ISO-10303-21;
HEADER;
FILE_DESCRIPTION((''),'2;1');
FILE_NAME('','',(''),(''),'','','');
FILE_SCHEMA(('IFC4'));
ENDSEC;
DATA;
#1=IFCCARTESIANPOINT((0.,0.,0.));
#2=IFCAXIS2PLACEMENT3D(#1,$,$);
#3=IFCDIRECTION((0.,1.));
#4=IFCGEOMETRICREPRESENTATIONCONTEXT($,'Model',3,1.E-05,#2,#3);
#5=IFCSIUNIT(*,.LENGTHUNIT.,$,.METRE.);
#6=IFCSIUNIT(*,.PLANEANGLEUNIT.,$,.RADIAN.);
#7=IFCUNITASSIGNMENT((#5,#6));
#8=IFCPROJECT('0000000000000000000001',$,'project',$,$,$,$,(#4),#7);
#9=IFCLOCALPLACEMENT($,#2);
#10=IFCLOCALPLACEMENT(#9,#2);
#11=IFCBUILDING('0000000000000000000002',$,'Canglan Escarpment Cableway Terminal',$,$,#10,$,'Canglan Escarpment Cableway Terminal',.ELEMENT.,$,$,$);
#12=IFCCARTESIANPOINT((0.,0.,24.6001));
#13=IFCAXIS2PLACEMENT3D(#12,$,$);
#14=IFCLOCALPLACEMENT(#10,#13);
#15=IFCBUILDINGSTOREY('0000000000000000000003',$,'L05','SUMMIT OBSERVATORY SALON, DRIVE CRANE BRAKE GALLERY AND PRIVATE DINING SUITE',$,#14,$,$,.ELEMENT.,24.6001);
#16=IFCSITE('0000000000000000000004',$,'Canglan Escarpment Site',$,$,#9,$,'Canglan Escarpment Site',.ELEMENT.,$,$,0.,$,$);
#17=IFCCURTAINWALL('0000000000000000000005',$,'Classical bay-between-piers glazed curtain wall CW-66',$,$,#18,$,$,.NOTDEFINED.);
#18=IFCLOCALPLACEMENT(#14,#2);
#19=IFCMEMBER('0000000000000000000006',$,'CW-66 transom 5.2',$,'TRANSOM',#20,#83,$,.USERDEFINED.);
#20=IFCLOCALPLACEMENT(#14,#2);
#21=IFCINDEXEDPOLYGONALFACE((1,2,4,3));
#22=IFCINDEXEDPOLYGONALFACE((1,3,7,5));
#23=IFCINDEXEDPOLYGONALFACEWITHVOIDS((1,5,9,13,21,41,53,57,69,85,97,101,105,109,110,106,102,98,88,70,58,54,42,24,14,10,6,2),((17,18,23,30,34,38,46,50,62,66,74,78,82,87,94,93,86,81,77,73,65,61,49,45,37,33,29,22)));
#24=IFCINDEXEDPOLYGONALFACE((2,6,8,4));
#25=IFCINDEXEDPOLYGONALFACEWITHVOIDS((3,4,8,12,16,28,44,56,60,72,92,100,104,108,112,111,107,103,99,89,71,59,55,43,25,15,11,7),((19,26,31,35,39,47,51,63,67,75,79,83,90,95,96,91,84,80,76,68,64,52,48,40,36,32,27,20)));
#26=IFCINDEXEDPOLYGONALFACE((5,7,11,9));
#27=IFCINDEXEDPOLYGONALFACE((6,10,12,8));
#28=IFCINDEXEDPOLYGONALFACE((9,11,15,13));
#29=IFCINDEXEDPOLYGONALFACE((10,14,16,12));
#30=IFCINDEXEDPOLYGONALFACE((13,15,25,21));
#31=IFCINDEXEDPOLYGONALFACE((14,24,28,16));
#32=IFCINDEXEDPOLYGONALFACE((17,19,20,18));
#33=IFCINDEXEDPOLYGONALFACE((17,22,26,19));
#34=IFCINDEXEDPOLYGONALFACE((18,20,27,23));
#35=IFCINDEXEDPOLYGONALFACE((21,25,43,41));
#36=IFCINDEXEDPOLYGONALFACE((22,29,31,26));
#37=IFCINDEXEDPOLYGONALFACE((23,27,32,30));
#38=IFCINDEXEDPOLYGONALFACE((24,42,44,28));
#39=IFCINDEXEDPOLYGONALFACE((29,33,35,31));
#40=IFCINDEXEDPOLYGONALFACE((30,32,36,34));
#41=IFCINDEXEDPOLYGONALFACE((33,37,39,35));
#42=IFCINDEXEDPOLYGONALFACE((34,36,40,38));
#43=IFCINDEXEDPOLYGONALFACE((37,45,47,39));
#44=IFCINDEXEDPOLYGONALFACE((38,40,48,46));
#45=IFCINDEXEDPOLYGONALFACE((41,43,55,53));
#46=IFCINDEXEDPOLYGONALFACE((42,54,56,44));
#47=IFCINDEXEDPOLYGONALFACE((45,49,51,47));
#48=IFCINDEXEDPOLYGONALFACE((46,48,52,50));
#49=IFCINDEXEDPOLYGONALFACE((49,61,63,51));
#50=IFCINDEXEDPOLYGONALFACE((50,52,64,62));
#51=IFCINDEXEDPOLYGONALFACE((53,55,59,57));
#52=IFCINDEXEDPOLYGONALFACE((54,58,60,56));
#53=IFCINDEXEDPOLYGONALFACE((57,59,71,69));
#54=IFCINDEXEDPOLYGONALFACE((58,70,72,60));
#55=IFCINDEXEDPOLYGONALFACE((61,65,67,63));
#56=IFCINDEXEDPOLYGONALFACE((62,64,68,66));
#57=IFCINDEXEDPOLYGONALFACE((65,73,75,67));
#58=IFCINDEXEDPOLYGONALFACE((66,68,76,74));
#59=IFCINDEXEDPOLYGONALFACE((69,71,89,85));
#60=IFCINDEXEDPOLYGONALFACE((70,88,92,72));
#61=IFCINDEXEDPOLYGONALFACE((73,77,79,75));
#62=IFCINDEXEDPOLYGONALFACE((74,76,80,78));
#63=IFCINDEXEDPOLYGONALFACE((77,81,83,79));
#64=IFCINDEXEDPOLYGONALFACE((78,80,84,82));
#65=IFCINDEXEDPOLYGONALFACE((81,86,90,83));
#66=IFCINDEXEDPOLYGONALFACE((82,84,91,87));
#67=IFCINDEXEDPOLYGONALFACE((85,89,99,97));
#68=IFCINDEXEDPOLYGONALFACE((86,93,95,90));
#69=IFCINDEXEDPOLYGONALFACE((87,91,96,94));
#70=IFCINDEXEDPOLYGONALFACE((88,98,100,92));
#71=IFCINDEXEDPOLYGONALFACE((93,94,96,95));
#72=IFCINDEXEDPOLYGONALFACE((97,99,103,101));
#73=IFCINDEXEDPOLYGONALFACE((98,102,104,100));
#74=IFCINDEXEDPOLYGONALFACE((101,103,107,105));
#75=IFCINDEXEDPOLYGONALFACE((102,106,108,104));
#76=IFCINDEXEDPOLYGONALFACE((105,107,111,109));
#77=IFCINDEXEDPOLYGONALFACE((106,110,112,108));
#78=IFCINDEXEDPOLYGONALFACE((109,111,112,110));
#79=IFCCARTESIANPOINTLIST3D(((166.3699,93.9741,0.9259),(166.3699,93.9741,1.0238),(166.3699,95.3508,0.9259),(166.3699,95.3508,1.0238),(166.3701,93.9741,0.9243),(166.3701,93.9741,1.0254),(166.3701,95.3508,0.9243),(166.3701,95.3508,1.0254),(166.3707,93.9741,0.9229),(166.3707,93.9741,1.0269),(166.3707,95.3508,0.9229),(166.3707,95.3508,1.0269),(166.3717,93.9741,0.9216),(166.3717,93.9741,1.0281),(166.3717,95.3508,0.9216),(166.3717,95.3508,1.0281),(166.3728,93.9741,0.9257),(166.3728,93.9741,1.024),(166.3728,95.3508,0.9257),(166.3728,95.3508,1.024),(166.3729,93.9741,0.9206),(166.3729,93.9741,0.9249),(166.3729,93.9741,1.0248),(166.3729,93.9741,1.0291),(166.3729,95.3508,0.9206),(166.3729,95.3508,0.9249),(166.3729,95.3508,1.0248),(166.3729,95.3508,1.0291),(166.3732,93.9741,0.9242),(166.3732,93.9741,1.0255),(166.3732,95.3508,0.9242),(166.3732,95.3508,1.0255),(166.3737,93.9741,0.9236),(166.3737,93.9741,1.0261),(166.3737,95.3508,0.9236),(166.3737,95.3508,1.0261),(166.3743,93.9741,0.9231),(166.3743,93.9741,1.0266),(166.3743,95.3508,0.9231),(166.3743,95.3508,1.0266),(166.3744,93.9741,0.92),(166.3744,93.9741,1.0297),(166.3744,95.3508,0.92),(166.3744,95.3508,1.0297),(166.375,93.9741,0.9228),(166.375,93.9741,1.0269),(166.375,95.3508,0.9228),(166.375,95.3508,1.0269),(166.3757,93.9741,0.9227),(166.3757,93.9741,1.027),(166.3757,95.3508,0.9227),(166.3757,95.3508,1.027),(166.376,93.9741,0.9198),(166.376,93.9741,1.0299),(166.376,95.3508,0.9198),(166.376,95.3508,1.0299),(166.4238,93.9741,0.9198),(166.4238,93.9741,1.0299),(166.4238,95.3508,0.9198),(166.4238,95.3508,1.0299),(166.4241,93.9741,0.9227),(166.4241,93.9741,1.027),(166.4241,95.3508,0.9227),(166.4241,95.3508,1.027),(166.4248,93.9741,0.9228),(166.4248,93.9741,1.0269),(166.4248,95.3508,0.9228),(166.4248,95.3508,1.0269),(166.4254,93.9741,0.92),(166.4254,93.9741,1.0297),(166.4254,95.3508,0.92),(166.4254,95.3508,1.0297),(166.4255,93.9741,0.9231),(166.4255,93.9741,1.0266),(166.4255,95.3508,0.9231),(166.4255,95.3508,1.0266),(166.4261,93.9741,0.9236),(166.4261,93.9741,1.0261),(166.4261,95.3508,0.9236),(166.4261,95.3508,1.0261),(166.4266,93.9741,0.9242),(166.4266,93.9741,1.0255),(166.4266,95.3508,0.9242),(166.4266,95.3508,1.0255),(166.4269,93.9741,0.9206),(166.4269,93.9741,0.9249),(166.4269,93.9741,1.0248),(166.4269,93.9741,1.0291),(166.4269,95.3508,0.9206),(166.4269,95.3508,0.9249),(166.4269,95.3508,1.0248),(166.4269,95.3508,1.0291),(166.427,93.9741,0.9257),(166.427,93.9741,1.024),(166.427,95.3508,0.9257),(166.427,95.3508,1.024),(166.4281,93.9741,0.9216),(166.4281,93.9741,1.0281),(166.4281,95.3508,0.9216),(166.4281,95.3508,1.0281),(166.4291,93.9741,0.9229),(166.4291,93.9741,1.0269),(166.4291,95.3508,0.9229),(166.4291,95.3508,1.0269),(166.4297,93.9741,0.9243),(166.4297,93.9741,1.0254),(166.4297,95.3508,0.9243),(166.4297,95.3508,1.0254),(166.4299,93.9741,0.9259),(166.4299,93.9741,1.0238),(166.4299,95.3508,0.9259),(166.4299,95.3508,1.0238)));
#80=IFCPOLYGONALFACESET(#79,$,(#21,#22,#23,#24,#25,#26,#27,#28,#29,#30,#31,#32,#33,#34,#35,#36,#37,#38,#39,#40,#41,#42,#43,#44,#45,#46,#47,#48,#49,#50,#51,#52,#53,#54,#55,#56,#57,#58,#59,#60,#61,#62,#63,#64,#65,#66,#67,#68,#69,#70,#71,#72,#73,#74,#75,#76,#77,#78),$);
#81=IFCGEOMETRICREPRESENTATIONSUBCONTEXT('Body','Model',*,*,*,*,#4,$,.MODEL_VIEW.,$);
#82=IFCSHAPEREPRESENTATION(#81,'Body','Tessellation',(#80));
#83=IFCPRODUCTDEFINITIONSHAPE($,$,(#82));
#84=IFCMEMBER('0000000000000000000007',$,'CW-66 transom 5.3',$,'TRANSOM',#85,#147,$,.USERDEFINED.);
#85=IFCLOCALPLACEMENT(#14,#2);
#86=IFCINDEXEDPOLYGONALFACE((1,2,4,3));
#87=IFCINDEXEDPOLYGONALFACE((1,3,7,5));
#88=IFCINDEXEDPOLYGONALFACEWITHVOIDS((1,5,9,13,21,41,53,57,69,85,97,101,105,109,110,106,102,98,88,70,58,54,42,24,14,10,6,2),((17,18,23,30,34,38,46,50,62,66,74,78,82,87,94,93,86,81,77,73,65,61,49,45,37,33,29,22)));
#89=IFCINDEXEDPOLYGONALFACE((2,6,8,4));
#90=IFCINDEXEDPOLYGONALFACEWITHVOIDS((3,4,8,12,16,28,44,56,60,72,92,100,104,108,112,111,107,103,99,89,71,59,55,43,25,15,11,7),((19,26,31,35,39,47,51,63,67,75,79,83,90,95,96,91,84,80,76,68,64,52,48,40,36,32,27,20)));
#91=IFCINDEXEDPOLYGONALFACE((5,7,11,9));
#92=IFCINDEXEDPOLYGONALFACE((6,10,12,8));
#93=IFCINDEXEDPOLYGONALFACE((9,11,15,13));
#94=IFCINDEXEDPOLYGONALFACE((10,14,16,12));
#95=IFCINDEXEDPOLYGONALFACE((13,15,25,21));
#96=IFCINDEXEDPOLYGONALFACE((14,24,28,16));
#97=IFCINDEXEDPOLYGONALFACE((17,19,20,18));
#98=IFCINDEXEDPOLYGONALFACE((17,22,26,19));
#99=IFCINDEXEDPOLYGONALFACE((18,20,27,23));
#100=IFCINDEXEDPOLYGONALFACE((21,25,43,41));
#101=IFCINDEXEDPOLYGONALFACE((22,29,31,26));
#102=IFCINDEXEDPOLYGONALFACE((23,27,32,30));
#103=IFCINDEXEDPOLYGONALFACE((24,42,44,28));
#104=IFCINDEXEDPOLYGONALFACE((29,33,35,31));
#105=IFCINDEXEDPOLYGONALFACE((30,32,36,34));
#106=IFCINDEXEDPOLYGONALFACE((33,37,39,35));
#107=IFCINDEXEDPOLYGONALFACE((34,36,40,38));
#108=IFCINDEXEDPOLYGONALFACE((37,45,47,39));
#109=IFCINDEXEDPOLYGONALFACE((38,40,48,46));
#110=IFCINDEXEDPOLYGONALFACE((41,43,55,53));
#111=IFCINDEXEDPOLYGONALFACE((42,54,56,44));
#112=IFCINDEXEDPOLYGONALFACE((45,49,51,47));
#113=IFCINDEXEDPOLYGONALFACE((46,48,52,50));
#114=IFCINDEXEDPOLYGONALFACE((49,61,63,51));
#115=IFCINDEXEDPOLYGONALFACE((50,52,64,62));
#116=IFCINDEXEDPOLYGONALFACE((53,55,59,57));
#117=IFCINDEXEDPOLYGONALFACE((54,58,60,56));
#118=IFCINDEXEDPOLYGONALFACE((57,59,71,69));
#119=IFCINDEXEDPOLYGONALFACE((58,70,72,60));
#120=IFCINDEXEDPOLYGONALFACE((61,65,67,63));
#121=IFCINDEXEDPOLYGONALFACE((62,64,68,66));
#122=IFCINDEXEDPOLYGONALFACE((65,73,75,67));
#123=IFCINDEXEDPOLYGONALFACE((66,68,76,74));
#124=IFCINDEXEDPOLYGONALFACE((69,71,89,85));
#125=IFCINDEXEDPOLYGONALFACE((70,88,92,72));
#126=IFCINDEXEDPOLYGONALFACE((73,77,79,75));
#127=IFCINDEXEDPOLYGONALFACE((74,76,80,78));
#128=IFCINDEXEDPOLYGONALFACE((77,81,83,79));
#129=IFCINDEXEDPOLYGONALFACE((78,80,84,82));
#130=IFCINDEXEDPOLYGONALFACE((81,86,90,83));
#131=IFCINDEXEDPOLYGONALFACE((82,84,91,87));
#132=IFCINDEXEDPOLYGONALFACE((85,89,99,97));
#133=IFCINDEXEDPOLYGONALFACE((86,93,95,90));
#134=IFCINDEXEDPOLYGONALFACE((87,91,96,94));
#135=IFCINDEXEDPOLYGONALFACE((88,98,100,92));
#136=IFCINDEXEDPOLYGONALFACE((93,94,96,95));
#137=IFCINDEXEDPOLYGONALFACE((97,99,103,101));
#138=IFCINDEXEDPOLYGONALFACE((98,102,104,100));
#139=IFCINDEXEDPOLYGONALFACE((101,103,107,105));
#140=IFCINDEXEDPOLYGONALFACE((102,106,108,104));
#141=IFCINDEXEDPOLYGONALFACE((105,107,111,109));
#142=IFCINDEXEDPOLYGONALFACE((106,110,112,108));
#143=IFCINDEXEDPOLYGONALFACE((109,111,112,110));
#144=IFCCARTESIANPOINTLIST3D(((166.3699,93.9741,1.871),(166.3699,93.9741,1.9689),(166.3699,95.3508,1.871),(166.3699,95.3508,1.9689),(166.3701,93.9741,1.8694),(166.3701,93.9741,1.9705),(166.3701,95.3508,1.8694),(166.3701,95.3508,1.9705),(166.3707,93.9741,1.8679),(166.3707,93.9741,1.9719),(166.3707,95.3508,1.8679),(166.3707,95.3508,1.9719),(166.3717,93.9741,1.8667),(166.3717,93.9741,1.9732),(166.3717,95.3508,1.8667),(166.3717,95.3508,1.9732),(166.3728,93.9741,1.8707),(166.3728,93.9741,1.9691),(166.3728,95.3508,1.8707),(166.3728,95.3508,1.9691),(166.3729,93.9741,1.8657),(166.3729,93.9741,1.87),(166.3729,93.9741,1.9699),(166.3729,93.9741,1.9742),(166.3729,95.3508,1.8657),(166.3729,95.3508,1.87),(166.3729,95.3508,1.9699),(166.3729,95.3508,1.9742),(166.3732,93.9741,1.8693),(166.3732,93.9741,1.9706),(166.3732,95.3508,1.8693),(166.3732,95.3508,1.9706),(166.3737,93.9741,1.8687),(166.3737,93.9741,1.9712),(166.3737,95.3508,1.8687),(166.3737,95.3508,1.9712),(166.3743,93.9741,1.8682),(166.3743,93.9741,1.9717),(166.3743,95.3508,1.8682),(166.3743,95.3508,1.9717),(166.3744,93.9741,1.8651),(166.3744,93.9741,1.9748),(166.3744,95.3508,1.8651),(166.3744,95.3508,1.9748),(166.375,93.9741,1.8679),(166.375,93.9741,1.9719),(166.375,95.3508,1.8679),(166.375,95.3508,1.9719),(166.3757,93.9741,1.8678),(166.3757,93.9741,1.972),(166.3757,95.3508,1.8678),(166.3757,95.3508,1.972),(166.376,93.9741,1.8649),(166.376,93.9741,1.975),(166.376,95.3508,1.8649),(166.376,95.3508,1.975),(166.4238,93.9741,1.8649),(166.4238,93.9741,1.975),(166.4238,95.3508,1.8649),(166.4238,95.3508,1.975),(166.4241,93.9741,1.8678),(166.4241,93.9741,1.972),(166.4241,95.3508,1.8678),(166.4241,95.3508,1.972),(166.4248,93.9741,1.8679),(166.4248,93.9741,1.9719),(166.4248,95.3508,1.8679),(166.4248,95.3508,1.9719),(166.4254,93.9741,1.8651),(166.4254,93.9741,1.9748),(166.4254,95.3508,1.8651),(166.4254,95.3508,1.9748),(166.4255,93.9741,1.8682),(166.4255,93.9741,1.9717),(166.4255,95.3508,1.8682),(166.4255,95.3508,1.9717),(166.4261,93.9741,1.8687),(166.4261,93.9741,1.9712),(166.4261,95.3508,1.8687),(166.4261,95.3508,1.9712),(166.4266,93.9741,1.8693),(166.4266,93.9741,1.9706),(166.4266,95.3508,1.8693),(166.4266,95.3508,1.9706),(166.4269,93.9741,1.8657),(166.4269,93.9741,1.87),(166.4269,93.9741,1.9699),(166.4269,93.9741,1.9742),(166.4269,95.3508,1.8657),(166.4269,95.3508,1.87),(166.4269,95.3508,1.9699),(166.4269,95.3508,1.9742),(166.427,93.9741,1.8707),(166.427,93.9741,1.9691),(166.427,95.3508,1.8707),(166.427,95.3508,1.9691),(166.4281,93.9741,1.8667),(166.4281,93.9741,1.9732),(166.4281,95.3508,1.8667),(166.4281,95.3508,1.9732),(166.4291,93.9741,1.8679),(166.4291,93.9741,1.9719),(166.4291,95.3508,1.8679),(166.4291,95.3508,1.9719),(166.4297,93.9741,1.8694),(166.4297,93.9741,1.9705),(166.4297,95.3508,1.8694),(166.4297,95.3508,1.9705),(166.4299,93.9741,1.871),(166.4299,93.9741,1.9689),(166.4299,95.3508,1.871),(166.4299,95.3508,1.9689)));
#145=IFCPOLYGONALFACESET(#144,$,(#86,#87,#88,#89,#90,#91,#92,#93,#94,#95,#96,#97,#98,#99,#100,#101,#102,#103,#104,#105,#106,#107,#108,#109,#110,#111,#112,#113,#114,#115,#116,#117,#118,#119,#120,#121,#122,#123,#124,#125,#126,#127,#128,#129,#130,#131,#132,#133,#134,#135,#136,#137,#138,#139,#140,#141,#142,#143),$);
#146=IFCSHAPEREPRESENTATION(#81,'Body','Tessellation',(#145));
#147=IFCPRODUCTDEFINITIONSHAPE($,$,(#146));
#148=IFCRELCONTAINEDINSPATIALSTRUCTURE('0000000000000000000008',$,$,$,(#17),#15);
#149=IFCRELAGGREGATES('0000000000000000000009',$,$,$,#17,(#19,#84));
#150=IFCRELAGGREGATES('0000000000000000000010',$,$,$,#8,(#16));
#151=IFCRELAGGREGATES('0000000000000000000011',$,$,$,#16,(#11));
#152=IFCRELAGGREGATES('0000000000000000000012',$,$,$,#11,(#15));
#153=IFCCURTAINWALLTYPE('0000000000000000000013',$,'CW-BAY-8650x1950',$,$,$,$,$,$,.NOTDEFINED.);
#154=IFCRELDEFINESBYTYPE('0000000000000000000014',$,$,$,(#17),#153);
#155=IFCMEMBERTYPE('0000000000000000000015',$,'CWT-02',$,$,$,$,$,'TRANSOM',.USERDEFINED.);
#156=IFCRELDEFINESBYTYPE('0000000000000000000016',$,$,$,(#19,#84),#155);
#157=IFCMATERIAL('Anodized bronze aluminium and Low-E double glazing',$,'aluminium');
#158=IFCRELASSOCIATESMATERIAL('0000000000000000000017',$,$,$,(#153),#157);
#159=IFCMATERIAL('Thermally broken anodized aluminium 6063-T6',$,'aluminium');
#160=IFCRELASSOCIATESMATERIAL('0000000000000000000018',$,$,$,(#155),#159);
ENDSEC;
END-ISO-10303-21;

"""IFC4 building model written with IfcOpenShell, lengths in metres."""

from ifc_helpers import new_model, si_unit, direction, frame, origin, origin_2d, place, context, subcontext, project, spatial, hollow_rectangle, extrude, material, material_profile, profile_set, type_object, element, aggregate, save


model = new_model("IFC4")

# Units and contexts
model_context = context("Model", 3, precision=1e-05, world=origin(), true_north=direction((0.0, 1.0)))
body_context = subcontext(model_context, "Body", "Model", "MODEL_VIEW")
ifc_project = project(units=[si_unit("LENGTHUNIT", "METRE"), si_unit("PLANEANGLEUNIT", "RADIAN")], contexts=[model_context])

# Site, building, storey
site_placement = place(None, origin())
site = spatial("IfcSite", under=ifc_project, at=site_placement, Name="Canglan Escarpment Site", LongName="Canglan Escarpment Site", CompositionType="ELEMENT", RefElevation=0.0)
building_placement = place(site_placement, origin())
building = spatial("IfcBuilding", under=site, at=building_placement, Name="Canglan Escarpment Cableway Terminal", LongName="Canglan Escarpment Cableway Terminal", CompositionType="ELEMENT")
storey_placement = place(building_placement, frame((0.0, 0.0, 24.6001)))
storey = spatial("IfcBuildingStorey", under=building, at=storey_placement, Name="L05", Description="SUMMIT OBSERVATORY SALON, DRIVE CRANE BRAKE GALLERY AND PRIVATE DINING SUITE", CompositionType="ELEMENT", Elevation=24.6001)

# Curtain wall
ifc_material_1 = material(Name="Anodized bronze aluminium and Low-E double glazing", Category="aluminium")
curtain_wall_type = type_object("IfcCurtainWallType", Name="CW-BAY-8650x1950", PredefinedType="NOTDEFINED", material=ifc_material_1)
curtain_wall_1_placement = place(storey_placement, origin())
curtain_wall_1 = element("IfcCurtainWall", 1, at=curtain_wall_1_placement, inside=storey, type_object=curtain_wall_type, Name="Classical bay-between-piers glazed curtain wall CW-66", PredefinedType="NOTDEFINED")
ifc_material_2 = material(Name="Thermally broken anodized aluminium 6063-T6", Category="aluminium")

# Members
ifc_material_profile_1 = material_profile(ifc_material_2, hollow_rectangle(XDim=0.0601, YDim=0.1101, WallThickness=0.0029, InnerFilletRadius=0.0029, OuterFilletRadius=0.0061, at=origin_2d()), Name="ALU-TRAN 60x110x3")
ifc_profile_set_1 = profile_set([ifc_material_profile_1], Name="Thermally broken anodized aluminium 6063-T6")
member_type_1 = type_object("IfcMemberType", Name="CWT-02", ElementType="TRANSOM", PredefinedType="USERDEFINED", material=ifc_profile_set_1)
member_1_placement = place(storey_placement, frame((166.3999, 93.9741, 0.9749), z_axis=(0.0, 1.0, 0.0), x_axis=(-1.0, 0.0, 0.0)))
member_1 = element("IfcMember", 2, at=member_1_placement, type_object=member_type_1, Name="CW-66 transom 5.2", ObjectType="TRANSOM", PredefinedType="USERDEFINED", context=body_context, shape_type="SweptSolid", body=[
    extrude(hollow_rectangle(XDim=0.0601, YDim=0.1101, WallThickness=0.0029, InnerFilletRadius=0.0029, OuterFilletRadius=0.0061, at=origin_2d()), origin(), (0.0, 0.0, 1.0), 1.3767),
])
member_2_placement = place(storey_placement, frame((166.3999, 93.9741, 1.9199), z_axis=(0.0, 1.0, 0.0), x_axis=(-1.0, 0.0, 0.0)))
member_2 = element("IfcMember", 3, at=member_2_placement, type_object=member_type_1, Name="CW-66 transom 5.3", ObjectType="TRANSOM", PredefinedType="USERDEFINED", context=body_context, shape_type="SweptSolid", body=[
    extrude(hollow_rectangle(XDim=0.0601, YDim=0.1101, WallThickness=0.0029, InnerFilletRadius=0.0029, OuterFilletRadius=0.0061, at=origin_2d()), origin(), (0.0, 0.0, 1.0), 1.3767),
])

aggregate(curtain_wall_1, [member_1, member_2])

save(model, "model.ifc")
